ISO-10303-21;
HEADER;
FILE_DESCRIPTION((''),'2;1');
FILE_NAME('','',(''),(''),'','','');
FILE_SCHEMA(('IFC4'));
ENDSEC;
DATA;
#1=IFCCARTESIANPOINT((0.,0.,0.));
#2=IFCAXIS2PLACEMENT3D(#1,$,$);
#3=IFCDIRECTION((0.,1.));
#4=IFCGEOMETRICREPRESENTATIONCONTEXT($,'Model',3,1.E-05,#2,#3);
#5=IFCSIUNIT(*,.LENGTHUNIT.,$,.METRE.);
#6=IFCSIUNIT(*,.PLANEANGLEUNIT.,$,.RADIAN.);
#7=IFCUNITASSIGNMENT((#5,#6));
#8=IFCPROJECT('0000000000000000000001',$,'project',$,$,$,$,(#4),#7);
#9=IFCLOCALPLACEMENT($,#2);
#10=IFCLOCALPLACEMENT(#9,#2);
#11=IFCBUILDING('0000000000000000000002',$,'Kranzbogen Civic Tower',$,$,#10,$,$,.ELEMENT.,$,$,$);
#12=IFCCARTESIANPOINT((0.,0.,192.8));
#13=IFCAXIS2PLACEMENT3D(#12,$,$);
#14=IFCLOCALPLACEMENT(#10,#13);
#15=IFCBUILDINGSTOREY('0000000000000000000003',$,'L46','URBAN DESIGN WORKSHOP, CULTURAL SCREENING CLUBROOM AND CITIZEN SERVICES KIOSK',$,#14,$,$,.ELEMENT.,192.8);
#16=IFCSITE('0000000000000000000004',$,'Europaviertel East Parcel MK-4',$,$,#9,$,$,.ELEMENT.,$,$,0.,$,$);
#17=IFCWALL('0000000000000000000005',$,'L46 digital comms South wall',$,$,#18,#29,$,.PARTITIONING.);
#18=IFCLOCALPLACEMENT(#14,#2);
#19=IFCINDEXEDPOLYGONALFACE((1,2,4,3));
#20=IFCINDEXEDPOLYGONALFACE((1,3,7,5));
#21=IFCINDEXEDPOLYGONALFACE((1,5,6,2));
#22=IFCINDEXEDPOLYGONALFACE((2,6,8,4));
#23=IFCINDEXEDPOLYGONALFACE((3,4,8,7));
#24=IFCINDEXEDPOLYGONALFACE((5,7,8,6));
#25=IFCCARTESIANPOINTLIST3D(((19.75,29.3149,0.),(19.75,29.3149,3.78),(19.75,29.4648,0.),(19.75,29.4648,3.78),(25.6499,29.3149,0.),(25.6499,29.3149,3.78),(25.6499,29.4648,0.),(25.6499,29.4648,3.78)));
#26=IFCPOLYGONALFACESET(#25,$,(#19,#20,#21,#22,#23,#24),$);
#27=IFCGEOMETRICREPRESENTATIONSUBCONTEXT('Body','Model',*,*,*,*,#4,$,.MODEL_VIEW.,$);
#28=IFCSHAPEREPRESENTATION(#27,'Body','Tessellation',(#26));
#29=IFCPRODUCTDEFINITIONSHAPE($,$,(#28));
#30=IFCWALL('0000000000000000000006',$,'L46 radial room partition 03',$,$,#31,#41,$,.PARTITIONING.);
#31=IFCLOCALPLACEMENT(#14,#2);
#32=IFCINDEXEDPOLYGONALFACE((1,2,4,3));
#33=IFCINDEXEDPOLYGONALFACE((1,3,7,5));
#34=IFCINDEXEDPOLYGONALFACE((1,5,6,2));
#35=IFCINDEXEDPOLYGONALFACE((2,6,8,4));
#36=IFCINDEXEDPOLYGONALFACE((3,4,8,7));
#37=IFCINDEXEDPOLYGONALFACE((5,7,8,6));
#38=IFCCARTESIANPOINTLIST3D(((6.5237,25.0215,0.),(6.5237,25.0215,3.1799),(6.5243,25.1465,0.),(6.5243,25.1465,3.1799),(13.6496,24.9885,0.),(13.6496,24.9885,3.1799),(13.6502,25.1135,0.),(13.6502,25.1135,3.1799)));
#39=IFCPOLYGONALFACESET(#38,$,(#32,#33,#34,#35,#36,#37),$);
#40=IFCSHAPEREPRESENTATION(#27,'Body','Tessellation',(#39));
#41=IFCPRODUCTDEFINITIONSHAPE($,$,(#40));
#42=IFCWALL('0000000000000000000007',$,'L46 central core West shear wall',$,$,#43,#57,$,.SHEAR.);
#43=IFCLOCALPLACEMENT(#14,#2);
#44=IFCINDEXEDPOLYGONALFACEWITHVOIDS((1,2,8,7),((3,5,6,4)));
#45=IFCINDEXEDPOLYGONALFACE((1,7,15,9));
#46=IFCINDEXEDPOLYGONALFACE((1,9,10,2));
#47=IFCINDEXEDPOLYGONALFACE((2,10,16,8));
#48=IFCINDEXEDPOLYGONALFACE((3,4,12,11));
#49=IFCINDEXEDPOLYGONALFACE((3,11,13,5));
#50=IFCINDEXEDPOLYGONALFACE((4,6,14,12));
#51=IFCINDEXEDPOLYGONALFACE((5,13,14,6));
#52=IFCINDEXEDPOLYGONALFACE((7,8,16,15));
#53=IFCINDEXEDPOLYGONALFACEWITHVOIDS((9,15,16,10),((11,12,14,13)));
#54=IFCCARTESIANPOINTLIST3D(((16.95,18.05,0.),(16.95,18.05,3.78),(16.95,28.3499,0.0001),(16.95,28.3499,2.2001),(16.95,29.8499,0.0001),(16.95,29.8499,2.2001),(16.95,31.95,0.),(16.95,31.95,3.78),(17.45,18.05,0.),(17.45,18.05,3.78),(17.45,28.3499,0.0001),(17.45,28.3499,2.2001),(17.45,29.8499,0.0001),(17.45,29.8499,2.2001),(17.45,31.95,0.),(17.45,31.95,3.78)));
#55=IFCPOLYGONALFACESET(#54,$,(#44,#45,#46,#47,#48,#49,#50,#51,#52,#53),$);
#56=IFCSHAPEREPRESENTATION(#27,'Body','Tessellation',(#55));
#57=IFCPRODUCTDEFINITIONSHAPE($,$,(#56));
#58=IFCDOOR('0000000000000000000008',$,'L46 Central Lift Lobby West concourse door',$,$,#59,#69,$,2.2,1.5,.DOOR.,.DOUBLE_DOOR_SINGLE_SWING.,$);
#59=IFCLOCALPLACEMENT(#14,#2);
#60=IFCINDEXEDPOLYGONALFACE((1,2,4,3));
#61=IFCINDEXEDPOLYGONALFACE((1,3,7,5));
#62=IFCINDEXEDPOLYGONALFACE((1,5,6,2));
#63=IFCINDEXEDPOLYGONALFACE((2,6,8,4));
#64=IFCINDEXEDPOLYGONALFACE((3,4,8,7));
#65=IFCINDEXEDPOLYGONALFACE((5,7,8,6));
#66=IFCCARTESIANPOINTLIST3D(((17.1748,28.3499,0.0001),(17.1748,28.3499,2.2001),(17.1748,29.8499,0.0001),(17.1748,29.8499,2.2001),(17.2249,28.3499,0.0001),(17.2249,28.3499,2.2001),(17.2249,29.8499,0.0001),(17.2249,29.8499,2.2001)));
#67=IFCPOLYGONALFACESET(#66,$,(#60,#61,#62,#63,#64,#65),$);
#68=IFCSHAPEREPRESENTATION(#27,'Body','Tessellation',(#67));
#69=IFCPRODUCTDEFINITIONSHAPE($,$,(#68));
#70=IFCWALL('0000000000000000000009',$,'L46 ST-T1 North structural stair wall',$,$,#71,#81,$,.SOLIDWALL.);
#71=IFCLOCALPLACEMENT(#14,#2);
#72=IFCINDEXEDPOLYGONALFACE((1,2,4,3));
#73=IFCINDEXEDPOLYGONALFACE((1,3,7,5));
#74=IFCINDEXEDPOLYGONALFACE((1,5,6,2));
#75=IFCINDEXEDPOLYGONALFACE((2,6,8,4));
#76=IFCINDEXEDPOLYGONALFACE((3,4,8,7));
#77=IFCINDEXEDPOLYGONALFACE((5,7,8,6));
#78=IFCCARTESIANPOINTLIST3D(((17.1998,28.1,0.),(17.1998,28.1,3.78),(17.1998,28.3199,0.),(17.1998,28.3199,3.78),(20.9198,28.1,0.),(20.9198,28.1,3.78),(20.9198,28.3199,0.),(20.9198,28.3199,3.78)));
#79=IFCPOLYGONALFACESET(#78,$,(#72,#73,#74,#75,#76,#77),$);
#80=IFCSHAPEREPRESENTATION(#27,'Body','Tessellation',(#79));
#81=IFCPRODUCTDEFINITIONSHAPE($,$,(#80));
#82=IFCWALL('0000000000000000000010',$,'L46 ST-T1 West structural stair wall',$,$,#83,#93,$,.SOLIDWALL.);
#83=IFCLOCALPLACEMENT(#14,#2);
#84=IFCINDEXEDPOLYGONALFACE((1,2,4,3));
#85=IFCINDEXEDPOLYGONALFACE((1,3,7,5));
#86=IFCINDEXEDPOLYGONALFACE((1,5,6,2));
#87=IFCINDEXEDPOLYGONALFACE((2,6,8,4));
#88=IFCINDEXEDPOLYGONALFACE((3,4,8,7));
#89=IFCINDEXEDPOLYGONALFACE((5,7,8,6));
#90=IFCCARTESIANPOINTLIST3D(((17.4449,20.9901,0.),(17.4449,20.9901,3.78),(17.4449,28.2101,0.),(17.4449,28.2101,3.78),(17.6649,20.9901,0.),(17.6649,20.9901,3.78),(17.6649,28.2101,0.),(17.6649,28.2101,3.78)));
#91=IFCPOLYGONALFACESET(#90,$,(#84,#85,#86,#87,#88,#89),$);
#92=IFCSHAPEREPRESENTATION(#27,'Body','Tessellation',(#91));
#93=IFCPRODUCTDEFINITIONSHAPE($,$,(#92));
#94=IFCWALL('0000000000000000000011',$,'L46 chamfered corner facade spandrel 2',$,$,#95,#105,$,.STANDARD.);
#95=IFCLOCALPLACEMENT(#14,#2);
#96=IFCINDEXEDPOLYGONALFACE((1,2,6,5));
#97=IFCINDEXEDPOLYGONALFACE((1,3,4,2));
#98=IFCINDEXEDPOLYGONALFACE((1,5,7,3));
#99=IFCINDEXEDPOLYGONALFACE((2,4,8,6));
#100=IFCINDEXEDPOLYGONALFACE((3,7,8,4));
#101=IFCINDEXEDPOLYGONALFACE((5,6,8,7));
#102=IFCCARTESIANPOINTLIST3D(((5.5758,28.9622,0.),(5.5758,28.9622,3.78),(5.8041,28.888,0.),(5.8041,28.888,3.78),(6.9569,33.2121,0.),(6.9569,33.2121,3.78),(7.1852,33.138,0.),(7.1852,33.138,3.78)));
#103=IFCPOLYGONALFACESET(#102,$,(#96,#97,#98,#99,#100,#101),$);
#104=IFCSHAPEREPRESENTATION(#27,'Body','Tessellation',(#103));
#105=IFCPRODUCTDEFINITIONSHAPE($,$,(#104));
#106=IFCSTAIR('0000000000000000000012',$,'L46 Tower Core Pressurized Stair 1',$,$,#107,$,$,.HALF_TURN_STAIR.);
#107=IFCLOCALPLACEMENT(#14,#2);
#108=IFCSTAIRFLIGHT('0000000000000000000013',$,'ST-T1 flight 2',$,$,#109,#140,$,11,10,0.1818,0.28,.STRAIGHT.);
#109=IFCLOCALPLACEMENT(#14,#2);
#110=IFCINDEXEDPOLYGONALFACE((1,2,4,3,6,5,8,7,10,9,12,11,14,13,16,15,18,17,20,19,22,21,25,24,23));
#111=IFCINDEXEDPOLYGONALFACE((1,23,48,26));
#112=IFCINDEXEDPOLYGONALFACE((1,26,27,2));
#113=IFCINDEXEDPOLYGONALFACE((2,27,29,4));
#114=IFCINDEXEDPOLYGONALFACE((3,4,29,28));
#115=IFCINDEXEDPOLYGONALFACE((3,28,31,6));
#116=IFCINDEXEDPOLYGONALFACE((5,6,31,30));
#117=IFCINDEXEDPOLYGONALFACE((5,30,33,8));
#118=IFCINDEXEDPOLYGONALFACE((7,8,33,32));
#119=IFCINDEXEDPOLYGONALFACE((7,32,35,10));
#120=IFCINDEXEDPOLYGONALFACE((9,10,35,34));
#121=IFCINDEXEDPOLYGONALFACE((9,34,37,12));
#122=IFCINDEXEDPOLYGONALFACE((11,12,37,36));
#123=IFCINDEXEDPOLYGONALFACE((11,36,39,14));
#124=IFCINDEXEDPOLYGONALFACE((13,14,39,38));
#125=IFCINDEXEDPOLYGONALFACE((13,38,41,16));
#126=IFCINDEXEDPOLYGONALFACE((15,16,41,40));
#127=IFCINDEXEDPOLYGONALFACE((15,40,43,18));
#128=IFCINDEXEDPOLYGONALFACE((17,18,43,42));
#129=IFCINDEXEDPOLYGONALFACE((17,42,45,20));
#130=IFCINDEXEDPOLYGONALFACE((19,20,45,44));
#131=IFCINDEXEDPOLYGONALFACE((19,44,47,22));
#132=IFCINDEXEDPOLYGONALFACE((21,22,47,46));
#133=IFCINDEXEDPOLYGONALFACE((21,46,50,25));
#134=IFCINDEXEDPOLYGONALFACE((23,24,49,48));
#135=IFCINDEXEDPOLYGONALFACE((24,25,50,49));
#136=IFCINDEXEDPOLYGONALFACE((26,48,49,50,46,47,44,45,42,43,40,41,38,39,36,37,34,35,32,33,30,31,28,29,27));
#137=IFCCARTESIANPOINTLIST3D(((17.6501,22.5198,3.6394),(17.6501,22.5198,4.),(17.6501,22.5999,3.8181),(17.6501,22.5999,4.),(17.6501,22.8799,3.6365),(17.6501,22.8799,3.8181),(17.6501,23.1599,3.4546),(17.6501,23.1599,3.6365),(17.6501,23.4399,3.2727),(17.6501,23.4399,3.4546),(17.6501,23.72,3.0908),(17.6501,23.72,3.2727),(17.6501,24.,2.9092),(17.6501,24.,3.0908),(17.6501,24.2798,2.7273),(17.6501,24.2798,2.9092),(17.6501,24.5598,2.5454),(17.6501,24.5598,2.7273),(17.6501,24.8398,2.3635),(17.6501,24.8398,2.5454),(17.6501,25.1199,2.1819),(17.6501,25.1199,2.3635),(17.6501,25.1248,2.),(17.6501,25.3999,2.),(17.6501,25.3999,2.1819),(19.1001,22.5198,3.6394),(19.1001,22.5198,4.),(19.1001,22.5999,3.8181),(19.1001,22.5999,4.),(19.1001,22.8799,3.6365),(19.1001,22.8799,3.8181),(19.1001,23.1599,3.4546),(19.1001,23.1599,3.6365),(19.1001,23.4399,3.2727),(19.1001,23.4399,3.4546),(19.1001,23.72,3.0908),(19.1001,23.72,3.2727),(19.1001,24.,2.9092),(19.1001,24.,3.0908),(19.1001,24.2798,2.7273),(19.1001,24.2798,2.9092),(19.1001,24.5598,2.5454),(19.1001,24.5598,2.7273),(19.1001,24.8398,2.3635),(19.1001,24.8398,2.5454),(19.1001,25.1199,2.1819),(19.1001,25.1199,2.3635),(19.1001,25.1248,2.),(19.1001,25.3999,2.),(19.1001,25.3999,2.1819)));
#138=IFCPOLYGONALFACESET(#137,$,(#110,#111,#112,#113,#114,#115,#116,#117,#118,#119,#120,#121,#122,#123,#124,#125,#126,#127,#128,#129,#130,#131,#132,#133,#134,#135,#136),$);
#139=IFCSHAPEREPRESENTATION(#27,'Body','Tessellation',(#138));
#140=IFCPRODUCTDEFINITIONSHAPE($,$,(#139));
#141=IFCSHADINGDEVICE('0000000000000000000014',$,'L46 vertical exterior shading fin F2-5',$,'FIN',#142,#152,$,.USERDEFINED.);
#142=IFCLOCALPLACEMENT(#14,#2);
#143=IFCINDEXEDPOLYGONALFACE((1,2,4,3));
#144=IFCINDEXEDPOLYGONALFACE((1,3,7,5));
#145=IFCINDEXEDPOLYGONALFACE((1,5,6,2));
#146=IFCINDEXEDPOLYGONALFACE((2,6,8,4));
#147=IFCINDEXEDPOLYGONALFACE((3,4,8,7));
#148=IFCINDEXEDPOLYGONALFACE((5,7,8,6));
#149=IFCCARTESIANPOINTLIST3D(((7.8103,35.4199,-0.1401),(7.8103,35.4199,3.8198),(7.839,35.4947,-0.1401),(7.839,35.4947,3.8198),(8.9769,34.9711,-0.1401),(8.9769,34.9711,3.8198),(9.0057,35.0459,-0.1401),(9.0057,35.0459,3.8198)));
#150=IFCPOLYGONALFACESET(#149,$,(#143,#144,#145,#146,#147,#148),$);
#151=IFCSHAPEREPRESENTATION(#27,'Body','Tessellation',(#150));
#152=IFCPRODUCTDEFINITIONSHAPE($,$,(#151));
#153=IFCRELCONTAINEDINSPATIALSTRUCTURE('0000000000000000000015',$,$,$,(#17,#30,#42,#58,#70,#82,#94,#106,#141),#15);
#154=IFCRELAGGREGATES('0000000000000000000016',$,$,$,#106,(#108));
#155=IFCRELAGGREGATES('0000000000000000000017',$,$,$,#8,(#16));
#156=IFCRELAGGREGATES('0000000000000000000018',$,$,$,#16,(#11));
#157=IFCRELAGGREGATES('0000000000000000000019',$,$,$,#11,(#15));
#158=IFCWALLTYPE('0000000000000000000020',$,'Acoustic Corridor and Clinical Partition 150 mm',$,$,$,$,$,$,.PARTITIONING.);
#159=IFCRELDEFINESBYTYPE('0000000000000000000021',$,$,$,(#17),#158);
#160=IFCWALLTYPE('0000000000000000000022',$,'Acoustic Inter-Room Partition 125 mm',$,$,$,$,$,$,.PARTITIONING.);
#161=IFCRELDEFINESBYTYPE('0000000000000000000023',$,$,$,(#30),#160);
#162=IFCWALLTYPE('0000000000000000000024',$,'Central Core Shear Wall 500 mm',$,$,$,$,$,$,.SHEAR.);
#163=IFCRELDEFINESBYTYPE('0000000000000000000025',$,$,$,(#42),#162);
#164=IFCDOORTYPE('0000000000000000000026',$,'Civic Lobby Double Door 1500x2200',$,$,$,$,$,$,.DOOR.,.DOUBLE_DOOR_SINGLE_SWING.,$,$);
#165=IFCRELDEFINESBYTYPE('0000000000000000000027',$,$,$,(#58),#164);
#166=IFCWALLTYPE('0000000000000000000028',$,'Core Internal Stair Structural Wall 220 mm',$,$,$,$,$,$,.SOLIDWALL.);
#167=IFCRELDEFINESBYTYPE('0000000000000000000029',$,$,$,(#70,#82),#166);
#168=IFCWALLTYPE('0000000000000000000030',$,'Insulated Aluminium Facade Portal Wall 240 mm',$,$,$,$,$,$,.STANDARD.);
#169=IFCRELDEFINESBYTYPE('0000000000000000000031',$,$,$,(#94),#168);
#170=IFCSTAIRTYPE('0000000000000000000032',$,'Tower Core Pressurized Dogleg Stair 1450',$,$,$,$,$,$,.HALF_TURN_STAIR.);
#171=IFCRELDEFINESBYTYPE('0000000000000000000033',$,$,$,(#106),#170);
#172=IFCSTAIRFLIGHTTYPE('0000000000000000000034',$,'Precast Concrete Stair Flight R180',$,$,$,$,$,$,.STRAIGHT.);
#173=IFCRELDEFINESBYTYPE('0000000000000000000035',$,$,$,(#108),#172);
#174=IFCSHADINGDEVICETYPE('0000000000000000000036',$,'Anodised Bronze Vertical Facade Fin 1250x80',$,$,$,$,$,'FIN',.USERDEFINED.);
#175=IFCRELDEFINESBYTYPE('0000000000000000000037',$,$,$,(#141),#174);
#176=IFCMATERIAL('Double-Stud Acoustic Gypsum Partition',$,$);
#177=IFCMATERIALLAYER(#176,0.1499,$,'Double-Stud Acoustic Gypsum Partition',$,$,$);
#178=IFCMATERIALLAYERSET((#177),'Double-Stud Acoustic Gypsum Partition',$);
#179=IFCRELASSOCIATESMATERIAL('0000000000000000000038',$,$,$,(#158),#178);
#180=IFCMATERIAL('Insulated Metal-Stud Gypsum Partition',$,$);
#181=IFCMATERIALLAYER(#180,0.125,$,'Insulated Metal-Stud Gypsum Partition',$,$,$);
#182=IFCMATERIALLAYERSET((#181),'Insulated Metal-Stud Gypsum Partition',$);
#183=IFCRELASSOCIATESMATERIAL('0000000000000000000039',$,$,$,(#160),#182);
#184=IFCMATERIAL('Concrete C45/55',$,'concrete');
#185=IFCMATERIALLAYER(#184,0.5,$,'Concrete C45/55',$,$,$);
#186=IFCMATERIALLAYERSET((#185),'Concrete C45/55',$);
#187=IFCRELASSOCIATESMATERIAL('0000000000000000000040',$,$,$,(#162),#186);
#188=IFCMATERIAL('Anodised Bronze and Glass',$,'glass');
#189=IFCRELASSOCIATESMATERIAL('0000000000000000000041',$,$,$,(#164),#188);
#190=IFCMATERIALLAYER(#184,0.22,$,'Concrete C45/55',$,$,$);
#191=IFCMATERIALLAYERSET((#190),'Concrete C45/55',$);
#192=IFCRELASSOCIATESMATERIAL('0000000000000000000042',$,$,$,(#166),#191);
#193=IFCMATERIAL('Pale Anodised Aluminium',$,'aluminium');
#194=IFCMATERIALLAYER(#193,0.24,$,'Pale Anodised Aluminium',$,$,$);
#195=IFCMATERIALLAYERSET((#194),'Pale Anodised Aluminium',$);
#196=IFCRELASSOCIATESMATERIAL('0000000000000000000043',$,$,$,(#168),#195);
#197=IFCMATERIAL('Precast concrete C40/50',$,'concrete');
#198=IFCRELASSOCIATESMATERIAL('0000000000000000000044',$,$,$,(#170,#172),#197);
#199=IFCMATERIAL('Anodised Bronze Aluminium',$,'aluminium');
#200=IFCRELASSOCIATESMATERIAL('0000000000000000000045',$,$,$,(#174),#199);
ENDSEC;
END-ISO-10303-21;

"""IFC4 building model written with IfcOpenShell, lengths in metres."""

from ifc_helpers import new_model, si_unit, direction, frame, frame_2d, origin, origin_2d, place, context, subcontext, project, spatial, polyline, rectangle, outline, extrude, material, layer, layer_set, type_object, element, fill, aggregate, save


model = new_model("IFC4")

# Units and contexts
model_context = context("Model", 3, precision=1e-05, world=origin(), true_north=direction((0.0, 1.0)))
body_context = subcontext(model_context, "Body", "Model", "MODEL_VIEW")
ifc_project = project(units=[si_unit("LENGTHUNIT", "METRE"), si_unit("PLANEANGLEUNIT", "RADIAN")], contexts=[model_context])

# Site, building, storey
site_placement = place(None, origin())
site = spatial("IfcSite", under=ifc_project, at=site_placement, Name="Europaviertel East Parcel MK-4", CompositionType="ELEMENT", RefElevation=0.0)
building_placement = place(site_placement, origin())
building = spatial("IfcBuilding", under=site, at=building_placement, Name="Kranzbogen Civic Tower", CompositionType="ELEMENT")
storey_placement = place(building_placement, frame((0.0, 0.0, 192.8)))
storey = spatial("IfcBuildingStorey", under=building, at=storey_placement, Name="L46", Description="URBAN DESIGN WORKSHOP, CULTURAL SCREENING CLUBROOM AND CITIZEN SERVICES KIOSK", CompositionType="ELEMENT", Elevation=192.8)

# Shared definitions
ifc_material_1 = material(Name="Pale Anodised Aluminium", Category="aluminium")

# Walls
ifc_material_2 = material(Name="Double-Stud Acoustic Gypsum Partition")
ifc_layer_1 = layer(ifc_material_2, 0.1499, Name="Double-Stud Acoustic Gypsum Partition")
ifc_layer_set_1 = layer_set([ifc_layer_1], Name="Double-Stud Acoustic Gypsum Partition")
wall_type_1 = type_object("IfcWallType", Name="Acoustic Corridor and Clinical Partition 150 mm", PredefinedType="PARTITIONING", material=ifc_layer_set_1)
wall_1_placement = place(storey_placement, frame((19.75, 29.3899, 0.0), z_axis=(0.0, 0.0, 1.0), x_axis=(1.0, 0.0, 0.0)))
element("IfcWall", 1, at=wall_1_placement, inside=storey, type_object=wall_type_1, Name="L46 digital comms South wall", PredefinedType="PARTITIONING", context=body_context, shape_type="SweptSolid", body=[
    extrude(rectangle(XDim=5.8999, YDim=0.1499, at=frame_2d((2.95, 0.0))), origin(), (0.0, 0.0, 1.0), 3.78),
])
ifc_material_3 = material(Name="Insulated Metal-Stud Gypsum Partition")
ifc_layer_2 = layer(ifc_material_3, 0.125, Name="Insulated Metal-Stud Gypsum Partition")
ifc_layer_set_2 = layer_set([ifc_layer_2], Name="Insulated Metal-Stud Gypsum Partition")
wall_type_2 = type_object("IfcWallType", Name="Acoustic Inter-Room Partition 125 mm", PredefinedType="PARTITIONING", material=ifc_layer_set_2)
wall_2_placement = place(storey_placement, frame((13.6499, 25.051, 0.0), z_axis=(0.0, 0.0, 1.0), x_axis=(-0.999989, 0.004625, 0.0)))
element("IfcWall", 2, at=wall_2_placement, inside=storey, type_object=wall_type_2, Name="L46 radial room partition 03", PredefinedType="PARTITIONING", context=body_context, shape_type="SweptSolid", body=[
    extrude(rectangle(XDim=7.126, YDim=0.125, at=frame_2d((3.563, 0.0))), origin(), (0.0, 0.0, 1.0), 3.1799),
])

# Wall, opening, door
ifc_material_4 = material(Name="Concrete C45/55", Category="concrete")
ifc_layer_3 = layer(ifc_material_4, 0.5, Name="Concrete C45/55")
ifc_layer_set_3 = layer_set([ifc_layer_3], Name="Concrete C45/55")
wall_type_3 = type_object("IfcWallType", Name="Central Core Shear Wall 500 mm", PredefinedType="SHEAR", material=ifc_layer_set_3)
wall_3_placement = place(storey_placement, frame((17.2, 31.95, 0.0), z_axis=(0.0, 0.0, 1.0), x_axis=(0.0, -1.0, 0.0)))
wall_3 = element("IfcWall", 3, at=wall_3_placement, inside=storey, type_object=wall_type_3, Name="L46 central core West shear wall", PredefinedType="SHEAR", context=body_context, shape_type="SweptSolid", body=[
    extrude(rectangle(XDim=13.8999, YDim=0.5, at=frame_2d((6.95, 0.0))), origin(), (0.0, 0.0, 1.0), 3.78),
])
opening_placement = place(wall_3_placement, frame((2.1001, 0.0, 0.0)))
opening = element("IfcOpeningElement", 4, at=opening_placement, cuts=wall_3, PredefinedType="OPENING", context=body_context, shape_type="SweptSolid", body=[
    extrude(rectangle(XDim=1.5, YDim=2.2, at=frame_2d((0.75, 1.1001))), frame((0.0, 0.26, 0.0), z_axis=(0.0, -1.0, 0.0), x_axis=(1.0, 0.0, 0.0)), (0.0, 0.0, 1.0), 0.52),
])
ifc_material_5 = material(Name="Anodised Bronze and Glass", Category="glass")
door_type = type_object("IfcDoorType", Name="Civic Lobby Double Door 1500x2200", OperationType="DOUBLE_DOOR_SINGLE_SWING", PredefinedType="DOOR", material=ifc_material_5)
door_placement = place(opening_placement, origin())
door = element("IfcDoor", 5, at=door_placement, inside=storey, type_object=door_type, Name="L46 Central Lift Lobby West concourse door", OperationType="DOUBLE_DOOR_SINGLE_SWING", OverallHeight=2.2, OverallWidth=1.5, PredefinedType="DOOR", context=body_context, shape_type="SweptSolid", body=[
    extrude(rectangle(XDim=1.5, YDim=2.2, at=frame_2d((0.75, 1.1001))), frame((0.0, 0.0249, 0.0), z_axis=(0.0, -1.0, 0.0), x_axis=(1.0, 0.0, 0.0)), (0.0, 0.0, 1.0), 0.05),
])
fill(opening, door)

# Walls
ifc_layer_4 = layer(ifc_material_4, 0.22, Name="Concrete C45/55")
ifc_layer_set_4 = layer_set([ifc_layer_4], Name="Concrete C45/55")
wall_type_4 = type_object("IfcWallType", Name="Core Internal Stair Structural Wall 220 mm", PredefinedType="SOLIDWALL", material=ifc_layer_set_4)
wall_4_placement = place(storey_placement, frame((17.2, 28.21, 0.0), z_axis=(0.0, 0.0, 1.0), x_axis=(1.0, 0.0, 0.0)))
element("IfcWall", 6, at=wall_4_placement, inside=storey, type_object=wall_type_4, Name="L46 ST-T1 North structural stair wall", PredefinedType="SOLIDWALL", context=body_context, shape_type="SweptSolid", body=[
    extrude(rectangle(XDim=3.72, YDim=0.22, at=frame_2d((1.8599, 0.0))), origin(), (0.0, 0.0, 1.0), 3.78),
])
wall_5_placement = place(storey_placement, frame((17.5549, 28.21, 0.0), z_axis=(0.0, 0.0, 1.0), x_axis=(0.0, -1.0, 0.0)))
element("IfcWall", 7, at=wall_5_placement, inside=storey, type_object=wall_type_4, Name="L46 ST-T1 West structural stair wall", PredefinedType="SOLIDWALL", context=body_context, shape_type="SweptSolid", body=[
    extrude(rectangle(XDim=7.22, YDim=0.22, at=frame_2d((3.6099, 0.0))), origin(), (0.0, 0.0, 1.0), 3.78),
])
ifc_layer_5 = layer(ifc_material_1, 0.24, Name="Pale Anodised Aluminium")
ifc_layer_set_5 = layer_set([ifc_layer_5], Name="Pale Anodised Aluminium")
wall_type_5 = type_object("IfcWallType", Name="Insulated Aluminium Facade Portal Wall 240 mm", PredefinedType="STANDARD", material=ifc_layer_set_5)
wall_6_placement = place(storey_placement, frame((7.071, 33.175, 0.0), z_axis=(0.0, 0.0, 1.0), x_axis=(-0.309056, -0.951044, 0.0)))
element("IfcWall", 8, at=wall_6_placement, inside=storey, type_object=wall_type_5, Name="L46 chamfered corner facade spandrel 2", PredefinedType="STANDARD", context=body_context, shape_type="SweptSolid", body=[
    extrude(rectangle(XDim=4.4688, YDim=0.24, at=frame_2d((2.2344, 0.0))), origin(), (0.0, 0.0, 1.0), 3.78),
])

# Stair, stair flight
ifc_material_6 = material(Name="Precast concrete C40/50", Category="concrete")
stair_type = type_object("IfcStairType", Name="Tower Core Pressurized Dogleg Stair 1450", PredefinedType="HALF_TURN_STAIR", material=ifc_material_6)
stair_placement = place(storey_placement, origin())
stair = element("IfcStair", 9, at=stair_placement, inside=storey, type_object=stair_type, Name="L46 Tower Core Pressurized Stair 1", PredefinedType="HALF_TURN_STAIR")
stair_flight_type = type_object("IfcStairFlightType", Name="Precast Concrete Stair Flight R180", PredefinedType="STRAIGHT", material=ifc_material_6)
stair_flight_placement = place(storey_placement, frame((18.375, 25.3999, 2.0), z_axis=(0.0, 0.0, 1.0), x_axis=(0.0, -1.0, 0.0)))
stair_flight = element("IfcStairFlight", 10, at=stair_flight_placement, type_object=stair_flight_type, Name="ST-T1 flight 2", NumberOfRisers=11, NumberOfTreads=10, PredefinedType="STRAIGHT", RiserHeight=0.1818, TreadLength=0.28, context=body_context, shape_type="SweptSolid", body=[
    extrude(outline(polyline([(0.0, 0.0), (0.0, 0.1819), (0.28, 0.1819), (0.28, 0.3635), (0.5601, 0.3635), (0.5601, 0.5454), (0.8401, 0.5454), (0.8401, 0.7273), (1.1201, 0.7273), (1.1201, 0.9092), (1.3999, 0.9092), (1.3999, 1.0908), (1.6799, 1.0908), (1.6799, 1.2727), (1.96, 1.2727), (1.96, 1.4546), (2.24, 1.4546), (2.24, 1.6365), (2.52, 1.6365), (2.52, 1.8181), (2.8, 1.8181), (2.8, 2.0), (2.8801, 2.0), (2.8801, 1.6394), (0.2751, 0.0), (0.0, 0.0)])), frame((0.0, 0.7251, 0.0), z_axis=(0.0, -1.0, 0.0), x_axis=(1.0, 0.0, 0.0)), (0.0, 0.0, 1.0), 1.45),
])
aggregate(stair, [stair_flight])

# Shading device
ifc_material_7 = material(Name="Anodised Bronze Aluminium", Category="aluminium")
shading_device_type = type_object("IfcShadingDeviceType", Name="Anodised Bronze Vertical Facade Fin 1250x80", ElementType="FIN", PredefinedType="USERDEFINED", material=ifc_material_7)
shading_device_placement = place(storey_placement, frame((8.408, 35.2329, -0.1401), z_axis=(0.0, 0.0, 1.0), x_axis=(-0.933324, 0.359036, 0.0)))
element("IfcShadingDevice", 11, at=shading_device_placement, inside=storey, type_object=shading_device_type, Name="L46 vertical exterior shading fin F2-5", ObjectType="FIN", PredefinedType="USERDEFINED", context=body_context, shape_type="SweptSolid", body=[
    extrude(rectangle(XDim=1.25, YDim=0.0801, at=origin_2d()), origin(), (0.0, 0.0, 1.0), 3.96),
])

save(model, "model.ifc")
